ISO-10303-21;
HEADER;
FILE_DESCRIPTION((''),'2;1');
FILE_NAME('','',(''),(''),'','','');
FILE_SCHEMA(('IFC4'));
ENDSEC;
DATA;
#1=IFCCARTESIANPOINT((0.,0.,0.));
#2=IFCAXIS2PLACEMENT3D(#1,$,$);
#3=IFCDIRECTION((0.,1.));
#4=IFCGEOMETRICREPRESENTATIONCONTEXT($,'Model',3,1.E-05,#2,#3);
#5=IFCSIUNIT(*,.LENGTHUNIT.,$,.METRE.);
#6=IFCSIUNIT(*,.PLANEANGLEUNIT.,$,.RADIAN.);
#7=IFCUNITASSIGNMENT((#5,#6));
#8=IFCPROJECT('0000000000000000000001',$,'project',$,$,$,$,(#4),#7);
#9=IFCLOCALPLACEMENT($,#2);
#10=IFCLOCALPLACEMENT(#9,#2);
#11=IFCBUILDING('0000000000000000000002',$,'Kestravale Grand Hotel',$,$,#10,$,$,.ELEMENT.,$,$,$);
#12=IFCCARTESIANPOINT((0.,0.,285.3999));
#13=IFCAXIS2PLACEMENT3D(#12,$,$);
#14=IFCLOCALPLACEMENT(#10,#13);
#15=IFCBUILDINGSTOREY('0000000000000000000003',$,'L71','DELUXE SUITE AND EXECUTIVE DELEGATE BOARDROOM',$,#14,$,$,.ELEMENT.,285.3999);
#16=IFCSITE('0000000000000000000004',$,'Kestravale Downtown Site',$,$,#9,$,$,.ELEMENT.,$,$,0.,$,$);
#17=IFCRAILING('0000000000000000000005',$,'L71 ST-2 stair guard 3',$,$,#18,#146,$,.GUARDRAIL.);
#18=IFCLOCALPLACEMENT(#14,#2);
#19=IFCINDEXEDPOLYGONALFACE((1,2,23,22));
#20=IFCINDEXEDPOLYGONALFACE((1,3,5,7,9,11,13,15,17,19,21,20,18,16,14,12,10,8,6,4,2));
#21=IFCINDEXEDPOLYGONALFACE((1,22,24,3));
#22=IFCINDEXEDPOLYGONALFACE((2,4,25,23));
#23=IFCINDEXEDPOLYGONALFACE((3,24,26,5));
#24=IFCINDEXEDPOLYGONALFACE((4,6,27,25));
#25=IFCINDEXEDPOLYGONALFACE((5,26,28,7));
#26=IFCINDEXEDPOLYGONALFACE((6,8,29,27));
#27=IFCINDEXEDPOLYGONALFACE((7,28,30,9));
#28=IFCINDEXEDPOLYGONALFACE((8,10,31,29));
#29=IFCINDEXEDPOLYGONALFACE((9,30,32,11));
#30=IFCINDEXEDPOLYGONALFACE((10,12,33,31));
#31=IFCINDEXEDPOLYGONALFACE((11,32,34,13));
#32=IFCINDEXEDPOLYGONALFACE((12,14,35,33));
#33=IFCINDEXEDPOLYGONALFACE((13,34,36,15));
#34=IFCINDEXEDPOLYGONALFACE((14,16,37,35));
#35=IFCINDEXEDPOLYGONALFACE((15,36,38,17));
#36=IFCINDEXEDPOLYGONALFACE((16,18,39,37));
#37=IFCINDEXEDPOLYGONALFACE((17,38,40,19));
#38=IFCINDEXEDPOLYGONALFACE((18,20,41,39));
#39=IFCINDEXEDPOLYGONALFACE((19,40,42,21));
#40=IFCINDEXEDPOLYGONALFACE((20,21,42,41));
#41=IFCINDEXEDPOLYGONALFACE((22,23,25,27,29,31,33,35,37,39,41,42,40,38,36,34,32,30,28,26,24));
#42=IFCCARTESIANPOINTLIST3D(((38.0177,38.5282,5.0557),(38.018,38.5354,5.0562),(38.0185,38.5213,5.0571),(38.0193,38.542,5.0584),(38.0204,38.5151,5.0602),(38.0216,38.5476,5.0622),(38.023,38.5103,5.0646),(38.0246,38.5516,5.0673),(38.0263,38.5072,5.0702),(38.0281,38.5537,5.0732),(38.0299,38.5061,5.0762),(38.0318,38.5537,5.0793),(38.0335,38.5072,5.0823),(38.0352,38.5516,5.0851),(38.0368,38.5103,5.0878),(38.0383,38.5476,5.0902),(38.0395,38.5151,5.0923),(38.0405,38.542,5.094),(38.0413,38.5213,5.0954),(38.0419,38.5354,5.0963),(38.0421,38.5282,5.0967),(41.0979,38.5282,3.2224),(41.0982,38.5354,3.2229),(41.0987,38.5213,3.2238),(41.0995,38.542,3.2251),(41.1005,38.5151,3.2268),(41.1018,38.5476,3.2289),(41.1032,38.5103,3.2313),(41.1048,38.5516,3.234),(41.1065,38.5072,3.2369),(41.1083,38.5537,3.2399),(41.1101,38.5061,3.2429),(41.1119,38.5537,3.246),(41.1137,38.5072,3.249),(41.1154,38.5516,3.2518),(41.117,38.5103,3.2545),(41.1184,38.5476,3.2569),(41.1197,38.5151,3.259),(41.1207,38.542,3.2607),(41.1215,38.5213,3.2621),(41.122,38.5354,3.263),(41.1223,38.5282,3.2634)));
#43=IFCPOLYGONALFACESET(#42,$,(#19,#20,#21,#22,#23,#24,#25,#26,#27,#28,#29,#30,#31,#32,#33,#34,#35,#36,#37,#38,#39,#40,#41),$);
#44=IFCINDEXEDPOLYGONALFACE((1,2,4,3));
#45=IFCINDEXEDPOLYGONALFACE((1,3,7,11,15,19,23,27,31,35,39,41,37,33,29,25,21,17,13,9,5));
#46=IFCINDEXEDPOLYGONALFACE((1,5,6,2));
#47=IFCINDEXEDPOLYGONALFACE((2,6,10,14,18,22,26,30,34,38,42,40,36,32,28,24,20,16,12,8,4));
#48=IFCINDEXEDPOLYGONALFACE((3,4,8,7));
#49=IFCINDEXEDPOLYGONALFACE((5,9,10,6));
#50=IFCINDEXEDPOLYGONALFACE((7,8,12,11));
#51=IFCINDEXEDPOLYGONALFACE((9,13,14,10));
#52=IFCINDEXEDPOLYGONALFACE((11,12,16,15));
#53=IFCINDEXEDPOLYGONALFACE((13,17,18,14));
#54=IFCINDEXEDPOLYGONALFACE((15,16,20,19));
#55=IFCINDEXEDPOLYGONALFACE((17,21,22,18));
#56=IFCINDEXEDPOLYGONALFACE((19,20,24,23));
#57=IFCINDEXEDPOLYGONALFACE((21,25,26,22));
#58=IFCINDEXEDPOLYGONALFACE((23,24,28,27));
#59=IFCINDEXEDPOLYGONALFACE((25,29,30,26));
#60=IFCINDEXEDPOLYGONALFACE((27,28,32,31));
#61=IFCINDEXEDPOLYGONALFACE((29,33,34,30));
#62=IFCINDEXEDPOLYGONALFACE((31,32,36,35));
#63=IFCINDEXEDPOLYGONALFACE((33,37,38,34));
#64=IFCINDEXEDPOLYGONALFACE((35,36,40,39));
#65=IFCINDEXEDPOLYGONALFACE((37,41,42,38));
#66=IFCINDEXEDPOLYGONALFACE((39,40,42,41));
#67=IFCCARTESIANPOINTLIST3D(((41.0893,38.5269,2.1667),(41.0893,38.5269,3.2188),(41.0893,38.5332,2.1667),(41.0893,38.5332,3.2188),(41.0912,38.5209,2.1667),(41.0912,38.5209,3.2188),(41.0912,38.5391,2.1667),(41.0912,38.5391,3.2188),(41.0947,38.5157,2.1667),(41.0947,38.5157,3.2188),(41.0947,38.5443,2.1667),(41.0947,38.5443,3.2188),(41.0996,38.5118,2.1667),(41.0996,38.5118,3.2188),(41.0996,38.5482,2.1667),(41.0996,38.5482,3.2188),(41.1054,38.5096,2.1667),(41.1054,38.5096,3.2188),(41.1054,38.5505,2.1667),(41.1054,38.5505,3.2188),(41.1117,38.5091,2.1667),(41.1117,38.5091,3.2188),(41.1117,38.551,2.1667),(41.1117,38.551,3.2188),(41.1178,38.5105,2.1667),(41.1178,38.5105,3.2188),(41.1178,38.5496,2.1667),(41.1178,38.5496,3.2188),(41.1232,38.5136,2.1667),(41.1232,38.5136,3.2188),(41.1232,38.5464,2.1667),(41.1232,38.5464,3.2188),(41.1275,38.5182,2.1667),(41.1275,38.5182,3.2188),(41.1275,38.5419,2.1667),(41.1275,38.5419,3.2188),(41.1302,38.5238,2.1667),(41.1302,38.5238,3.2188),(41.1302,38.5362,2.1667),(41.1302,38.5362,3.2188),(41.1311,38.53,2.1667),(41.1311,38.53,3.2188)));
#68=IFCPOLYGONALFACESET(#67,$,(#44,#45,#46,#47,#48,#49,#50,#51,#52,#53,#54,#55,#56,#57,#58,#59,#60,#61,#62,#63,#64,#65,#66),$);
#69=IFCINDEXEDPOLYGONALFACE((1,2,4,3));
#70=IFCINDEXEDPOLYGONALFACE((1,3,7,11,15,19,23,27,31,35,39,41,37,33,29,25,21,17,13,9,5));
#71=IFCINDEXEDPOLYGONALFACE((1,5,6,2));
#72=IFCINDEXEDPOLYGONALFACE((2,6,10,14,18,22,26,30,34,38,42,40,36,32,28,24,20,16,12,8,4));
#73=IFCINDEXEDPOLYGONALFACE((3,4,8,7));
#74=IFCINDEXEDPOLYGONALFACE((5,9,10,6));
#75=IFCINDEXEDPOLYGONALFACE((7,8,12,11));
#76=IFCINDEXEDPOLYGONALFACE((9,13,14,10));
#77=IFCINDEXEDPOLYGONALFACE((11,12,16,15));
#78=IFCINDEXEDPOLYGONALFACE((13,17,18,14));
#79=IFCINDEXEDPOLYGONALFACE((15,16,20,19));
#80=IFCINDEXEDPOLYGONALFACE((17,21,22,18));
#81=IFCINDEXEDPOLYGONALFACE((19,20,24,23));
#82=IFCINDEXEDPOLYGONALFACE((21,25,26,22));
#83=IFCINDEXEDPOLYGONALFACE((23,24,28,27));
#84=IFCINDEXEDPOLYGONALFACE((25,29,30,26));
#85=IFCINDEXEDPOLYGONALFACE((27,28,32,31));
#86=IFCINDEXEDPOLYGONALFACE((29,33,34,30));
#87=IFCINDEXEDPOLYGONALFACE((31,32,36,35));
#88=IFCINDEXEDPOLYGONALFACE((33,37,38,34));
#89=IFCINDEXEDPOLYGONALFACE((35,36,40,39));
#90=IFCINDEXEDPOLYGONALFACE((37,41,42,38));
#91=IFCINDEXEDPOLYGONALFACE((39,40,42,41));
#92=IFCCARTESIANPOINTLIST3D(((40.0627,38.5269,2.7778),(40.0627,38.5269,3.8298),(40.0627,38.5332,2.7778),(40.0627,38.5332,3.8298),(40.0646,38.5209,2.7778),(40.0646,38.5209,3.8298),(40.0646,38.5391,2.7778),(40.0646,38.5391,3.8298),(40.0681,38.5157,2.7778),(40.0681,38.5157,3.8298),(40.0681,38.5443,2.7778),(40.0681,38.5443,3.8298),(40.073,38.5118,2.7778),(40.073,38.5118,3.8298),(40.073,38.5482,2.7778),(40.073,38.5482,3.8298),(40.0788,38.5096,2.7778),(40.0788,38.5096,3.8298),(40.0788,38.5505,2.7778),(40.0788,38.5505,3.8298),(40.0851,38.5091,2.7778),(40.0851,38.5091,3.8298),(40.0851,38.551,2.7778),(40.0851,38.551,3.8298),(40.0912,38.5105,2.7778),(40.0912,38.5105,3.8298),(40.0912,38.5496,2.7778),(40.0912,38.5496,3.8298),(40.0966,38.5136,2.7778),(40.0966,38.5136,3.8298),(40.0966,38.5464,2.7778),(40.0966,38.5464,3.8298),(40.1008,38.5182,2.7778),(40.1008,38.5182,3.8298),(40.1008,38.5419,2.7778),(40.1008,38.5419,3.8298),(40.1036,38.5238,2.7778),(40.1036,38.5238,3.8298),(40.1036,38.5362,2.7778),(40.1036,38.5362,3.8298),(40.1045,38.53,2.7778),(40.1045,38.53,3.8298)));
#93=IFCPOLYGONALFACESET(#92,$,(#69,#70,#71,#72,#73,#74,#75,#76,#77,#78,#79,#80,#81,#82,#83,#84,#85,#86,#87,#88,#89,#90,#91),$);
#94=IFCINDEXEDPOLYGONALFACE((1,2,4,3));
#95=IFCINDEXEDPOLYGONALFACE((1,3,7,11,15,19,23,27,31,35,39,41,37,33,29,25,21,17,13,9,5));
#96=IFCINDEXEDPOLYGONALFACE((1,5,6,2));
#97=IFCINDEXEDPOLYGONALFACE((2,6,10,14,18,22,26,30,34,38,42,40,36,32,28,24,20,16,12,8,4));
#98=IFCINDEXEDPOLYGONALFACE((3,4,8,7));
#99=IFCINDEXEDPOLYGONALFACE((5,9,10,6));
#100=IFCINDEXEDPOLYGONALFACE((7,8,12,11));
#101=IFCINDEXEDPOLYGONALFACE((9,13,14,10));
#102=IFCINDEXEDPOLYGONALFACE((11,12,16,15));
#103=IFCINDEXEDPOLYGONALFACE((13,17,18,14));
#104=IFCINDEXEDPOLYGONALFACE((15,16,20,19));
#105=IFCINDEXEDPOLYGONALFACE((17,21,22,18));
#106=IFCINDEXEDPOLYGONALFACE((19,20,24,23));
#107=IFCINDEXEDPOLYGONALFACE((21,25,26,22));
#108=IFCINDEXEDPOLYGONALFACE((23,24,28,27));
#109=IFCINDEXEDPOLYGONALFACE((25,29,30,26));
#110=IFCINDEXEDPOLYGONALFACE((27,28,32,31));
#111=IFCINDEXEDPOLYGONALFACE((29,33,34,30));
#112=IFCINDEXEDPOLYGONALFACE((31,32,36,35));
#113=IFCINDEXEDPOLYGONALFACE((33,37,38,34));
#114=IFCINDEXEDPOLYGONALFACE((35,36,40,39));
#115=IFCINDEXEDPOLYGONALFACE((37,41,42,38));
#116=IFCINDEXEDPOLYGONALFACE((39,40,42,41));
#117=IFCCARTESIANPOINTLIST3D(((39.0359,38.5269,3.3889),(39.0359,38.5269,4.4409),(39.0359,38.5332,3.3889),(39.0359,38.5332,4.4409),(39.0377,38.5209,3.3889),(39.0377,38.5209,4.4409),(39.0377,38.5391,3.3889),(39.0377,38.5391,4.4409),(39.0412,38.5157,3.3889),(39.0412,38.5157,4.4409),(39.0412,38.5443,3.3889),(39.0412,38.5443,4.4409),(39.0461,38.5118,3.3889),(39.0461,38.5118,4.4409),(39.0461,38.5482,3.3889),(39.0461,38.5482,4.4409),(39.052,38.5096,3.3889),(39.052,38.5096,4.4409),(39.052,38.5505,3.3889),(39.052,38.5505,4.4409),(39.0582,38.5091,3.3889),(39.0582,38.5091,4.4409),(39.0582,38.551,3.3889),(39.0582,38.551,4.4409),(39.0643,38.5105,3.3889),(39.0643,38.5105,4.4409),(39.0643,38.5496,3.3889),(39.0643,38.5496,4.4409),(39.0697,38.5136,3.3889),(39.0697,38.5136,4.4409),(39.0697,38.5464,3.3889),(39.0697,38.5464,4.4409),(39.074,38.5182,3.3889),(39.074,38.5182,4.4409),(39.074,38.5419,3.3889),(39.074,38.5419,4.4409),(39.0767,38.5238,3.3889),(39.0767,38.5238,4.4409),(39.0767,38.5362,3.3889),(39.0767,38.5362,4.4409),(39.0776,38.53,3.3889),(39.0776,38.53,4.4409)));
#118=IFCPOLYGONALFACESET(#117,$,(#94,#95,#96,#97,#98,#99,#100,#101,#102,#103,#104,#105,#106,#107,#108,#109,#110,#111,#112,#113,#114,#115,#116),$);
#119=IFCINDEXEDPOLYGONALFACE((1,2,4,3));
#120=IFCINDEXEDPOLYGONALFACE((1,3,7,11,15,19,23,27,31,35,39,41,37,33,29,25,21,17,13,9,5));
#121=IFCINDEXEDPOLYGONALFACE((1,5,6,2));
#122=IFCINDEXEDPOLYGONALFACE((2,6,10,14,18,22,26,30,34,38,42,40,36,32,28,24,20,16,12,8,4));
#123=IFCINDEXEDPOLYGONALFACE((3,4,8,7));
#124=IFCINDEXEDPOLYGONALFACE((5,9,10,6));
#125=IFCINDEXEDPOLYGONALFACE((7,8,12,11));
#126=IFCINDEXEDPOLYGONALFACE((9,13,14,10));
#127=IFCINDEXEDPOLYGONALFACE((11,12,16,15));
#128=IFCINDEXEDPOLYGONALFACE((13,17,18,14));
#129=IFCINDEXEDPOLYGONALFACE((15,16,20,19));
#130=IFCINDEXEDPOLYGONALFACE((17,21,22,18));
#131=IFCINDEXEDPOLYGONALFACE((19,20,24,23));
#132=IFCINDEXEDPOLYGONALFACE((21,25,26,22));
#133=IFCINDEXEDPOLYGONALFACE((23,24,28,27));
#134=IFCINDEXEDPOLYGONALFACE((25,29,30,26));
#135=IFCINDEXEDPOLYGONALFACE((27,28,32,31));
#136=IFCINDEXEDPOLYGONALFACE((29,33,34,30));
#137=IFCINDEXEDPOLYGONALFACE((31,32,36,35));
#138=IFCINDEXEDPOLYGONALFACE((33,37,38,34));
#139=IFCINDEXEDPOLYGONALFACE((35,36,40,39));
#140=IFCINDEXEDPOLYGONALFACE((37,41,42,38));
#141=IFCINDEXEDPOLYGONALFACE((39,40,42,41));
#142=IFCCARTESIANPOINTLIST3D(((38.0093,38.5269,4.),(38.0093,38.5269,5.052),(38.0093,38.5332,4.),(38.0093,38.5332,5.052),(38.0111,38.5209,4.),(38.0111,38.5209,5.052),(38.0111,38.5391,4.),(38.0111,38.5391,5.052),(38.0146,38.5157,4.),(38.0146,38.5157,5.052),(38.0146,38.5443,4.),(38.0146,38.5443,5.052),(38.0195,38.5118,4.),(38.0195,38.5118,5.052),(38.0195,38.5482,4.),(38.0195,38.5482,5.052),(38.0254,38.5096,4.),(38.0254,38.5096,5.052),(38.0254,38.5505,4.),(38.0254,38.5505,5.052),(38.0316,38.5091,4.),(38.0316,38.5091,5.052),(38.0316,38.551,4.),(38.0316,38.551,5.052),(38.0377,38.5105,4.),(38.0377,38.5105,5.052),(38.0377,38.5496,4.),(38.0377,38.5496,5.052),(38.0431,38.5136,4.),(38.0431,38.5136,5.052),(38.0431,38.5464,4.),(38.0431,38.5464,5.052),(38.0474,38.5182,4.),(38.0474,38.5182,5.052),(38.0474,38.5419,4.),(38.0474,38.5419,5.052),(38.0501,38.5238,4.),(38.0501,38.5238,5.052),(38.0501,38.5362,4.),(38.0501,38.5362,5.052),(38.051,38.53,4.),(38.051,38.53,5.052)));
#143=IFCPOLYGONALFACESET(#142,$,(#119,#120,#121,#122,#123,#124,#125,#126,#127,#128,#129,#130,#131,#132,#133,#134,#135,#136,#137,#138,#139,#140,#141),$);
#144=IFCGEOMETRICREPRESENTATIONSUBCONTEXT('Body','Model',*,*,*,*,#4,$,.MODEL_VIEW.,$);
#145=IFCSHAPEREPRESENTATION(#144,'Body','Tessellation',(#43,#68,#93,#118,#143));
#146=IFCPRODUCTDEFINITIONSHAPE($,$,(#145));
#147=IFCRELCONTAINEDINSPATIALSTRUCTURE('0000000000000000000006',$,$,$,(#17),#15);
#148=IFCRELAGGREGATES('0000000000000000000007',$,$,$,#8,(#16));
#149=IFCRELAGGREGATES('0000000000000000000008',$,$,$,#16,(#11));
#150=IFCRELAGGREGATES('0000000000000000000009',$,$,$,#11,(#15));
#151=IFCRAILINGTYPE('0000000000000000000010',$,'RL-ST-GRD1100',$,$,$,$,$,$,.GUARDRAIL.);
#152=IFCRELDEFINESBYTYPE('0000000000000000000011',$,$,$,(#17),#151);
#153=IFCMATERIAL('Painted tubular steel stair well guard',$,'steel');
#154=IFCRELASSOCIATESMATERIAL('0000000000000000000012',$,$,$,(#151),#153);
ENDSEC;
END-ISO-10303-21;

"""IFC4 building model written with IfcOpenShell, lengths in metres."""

from ifc_helpers import new_model, si_unit, direction, frame, origin, origin_2d, place, context, subcontext, project, spatial, circle, extrude, material, type_object, element, save


model = new_model("IFC4")

# Units and contexts
model_context = context("Model", 3, precision=1e-05, world=origin(), true_north=direction((0.0, 1.0)))
body_context = subcontext(model_context, "Body", "Model", "MODEL_VIEW")
ifc_project = project(units=[si_unit("LENGTHUNIT", "METRE"), si_unit("PLANEANGLEUNIT", "RADIAN")], contexts=[model_context])

# Site, building, storey
site_placement = place(None, origin())
site = spatial("IfcSite", under=ifc_project, at=site_placement, Name="Kestravale Downtown Site", CompositionType="ELEMENT", RefElevation=0.0)
building_placement = place(site_placement, origin())
building = spatial("IfcBuilding", under=site, at=building_placement, Name="Kestravale Grand Hotel", CompositionType="ELEMENT")
storey_placement = place(building_placement, frame((0.0, 0.0, 285.3999)))
storey = spatial("IfcBuildingStorey", under=building, at=storey_placement, Name="L71", Description="DELUXE SUITE AND EXECUTIVE DELEGATE BOARDROOM", CompositionType="ELEMENT", Elevation=285.3999)

# Railing
ifc_material_1 = material(Name="Painted tubular steel stair well guard", Category="steel")
railing_type_1 = type_object("IfcRailingType", Name="RL-ST-GRD1100", PredefinedType="GUARDRAIL", material=ifc_material_1)
railing_1_placement = place(storey_placement, frame((41.1101, 38.53, 2.1667)))
element("IfcRailing", 1, at=railing_1_placement, inside=storey, type_object=railing_type_1, Name="L71 ST-2 stair guard 3", PredefinedType="GUARDRAIL", context=body_context, shape_type="SweptSolid", body=[
    extrude(circle(Radius=0.0239, at=origin_2d()), frame((0.0, 0.0, 1.0762), z_axis=(-0.859309, 0.0, 0.511458), x_axis=(0.0, -1.0, 0.0)), (0.0, 0.0, 1.0), 3.5845),
    extrude(circle(Radius=0.021, at=origin_2d()), origin(), (0.0, 0.0, 1.0), 1.052),
    extrude(circle(Radius=0.021, at=origin_2d()), frame((-1.0266, 0.0, 0.6111)), (0.0, 0.0, 1.0), 1.052),
    extrude(circle(Radius=0.021, at=origin_2d()), frame((-2.0535, 0.0, 1.2222)), (0.0, 0.0, 1.0), 1.052),
    extrude(circle(Radius=0.021, at=origin_2d()), frame((-3.0801, 0.0, 1.8333)), (0.0, 0.0, 1.0), 1.052),
])

save(model, "model.ifc")
